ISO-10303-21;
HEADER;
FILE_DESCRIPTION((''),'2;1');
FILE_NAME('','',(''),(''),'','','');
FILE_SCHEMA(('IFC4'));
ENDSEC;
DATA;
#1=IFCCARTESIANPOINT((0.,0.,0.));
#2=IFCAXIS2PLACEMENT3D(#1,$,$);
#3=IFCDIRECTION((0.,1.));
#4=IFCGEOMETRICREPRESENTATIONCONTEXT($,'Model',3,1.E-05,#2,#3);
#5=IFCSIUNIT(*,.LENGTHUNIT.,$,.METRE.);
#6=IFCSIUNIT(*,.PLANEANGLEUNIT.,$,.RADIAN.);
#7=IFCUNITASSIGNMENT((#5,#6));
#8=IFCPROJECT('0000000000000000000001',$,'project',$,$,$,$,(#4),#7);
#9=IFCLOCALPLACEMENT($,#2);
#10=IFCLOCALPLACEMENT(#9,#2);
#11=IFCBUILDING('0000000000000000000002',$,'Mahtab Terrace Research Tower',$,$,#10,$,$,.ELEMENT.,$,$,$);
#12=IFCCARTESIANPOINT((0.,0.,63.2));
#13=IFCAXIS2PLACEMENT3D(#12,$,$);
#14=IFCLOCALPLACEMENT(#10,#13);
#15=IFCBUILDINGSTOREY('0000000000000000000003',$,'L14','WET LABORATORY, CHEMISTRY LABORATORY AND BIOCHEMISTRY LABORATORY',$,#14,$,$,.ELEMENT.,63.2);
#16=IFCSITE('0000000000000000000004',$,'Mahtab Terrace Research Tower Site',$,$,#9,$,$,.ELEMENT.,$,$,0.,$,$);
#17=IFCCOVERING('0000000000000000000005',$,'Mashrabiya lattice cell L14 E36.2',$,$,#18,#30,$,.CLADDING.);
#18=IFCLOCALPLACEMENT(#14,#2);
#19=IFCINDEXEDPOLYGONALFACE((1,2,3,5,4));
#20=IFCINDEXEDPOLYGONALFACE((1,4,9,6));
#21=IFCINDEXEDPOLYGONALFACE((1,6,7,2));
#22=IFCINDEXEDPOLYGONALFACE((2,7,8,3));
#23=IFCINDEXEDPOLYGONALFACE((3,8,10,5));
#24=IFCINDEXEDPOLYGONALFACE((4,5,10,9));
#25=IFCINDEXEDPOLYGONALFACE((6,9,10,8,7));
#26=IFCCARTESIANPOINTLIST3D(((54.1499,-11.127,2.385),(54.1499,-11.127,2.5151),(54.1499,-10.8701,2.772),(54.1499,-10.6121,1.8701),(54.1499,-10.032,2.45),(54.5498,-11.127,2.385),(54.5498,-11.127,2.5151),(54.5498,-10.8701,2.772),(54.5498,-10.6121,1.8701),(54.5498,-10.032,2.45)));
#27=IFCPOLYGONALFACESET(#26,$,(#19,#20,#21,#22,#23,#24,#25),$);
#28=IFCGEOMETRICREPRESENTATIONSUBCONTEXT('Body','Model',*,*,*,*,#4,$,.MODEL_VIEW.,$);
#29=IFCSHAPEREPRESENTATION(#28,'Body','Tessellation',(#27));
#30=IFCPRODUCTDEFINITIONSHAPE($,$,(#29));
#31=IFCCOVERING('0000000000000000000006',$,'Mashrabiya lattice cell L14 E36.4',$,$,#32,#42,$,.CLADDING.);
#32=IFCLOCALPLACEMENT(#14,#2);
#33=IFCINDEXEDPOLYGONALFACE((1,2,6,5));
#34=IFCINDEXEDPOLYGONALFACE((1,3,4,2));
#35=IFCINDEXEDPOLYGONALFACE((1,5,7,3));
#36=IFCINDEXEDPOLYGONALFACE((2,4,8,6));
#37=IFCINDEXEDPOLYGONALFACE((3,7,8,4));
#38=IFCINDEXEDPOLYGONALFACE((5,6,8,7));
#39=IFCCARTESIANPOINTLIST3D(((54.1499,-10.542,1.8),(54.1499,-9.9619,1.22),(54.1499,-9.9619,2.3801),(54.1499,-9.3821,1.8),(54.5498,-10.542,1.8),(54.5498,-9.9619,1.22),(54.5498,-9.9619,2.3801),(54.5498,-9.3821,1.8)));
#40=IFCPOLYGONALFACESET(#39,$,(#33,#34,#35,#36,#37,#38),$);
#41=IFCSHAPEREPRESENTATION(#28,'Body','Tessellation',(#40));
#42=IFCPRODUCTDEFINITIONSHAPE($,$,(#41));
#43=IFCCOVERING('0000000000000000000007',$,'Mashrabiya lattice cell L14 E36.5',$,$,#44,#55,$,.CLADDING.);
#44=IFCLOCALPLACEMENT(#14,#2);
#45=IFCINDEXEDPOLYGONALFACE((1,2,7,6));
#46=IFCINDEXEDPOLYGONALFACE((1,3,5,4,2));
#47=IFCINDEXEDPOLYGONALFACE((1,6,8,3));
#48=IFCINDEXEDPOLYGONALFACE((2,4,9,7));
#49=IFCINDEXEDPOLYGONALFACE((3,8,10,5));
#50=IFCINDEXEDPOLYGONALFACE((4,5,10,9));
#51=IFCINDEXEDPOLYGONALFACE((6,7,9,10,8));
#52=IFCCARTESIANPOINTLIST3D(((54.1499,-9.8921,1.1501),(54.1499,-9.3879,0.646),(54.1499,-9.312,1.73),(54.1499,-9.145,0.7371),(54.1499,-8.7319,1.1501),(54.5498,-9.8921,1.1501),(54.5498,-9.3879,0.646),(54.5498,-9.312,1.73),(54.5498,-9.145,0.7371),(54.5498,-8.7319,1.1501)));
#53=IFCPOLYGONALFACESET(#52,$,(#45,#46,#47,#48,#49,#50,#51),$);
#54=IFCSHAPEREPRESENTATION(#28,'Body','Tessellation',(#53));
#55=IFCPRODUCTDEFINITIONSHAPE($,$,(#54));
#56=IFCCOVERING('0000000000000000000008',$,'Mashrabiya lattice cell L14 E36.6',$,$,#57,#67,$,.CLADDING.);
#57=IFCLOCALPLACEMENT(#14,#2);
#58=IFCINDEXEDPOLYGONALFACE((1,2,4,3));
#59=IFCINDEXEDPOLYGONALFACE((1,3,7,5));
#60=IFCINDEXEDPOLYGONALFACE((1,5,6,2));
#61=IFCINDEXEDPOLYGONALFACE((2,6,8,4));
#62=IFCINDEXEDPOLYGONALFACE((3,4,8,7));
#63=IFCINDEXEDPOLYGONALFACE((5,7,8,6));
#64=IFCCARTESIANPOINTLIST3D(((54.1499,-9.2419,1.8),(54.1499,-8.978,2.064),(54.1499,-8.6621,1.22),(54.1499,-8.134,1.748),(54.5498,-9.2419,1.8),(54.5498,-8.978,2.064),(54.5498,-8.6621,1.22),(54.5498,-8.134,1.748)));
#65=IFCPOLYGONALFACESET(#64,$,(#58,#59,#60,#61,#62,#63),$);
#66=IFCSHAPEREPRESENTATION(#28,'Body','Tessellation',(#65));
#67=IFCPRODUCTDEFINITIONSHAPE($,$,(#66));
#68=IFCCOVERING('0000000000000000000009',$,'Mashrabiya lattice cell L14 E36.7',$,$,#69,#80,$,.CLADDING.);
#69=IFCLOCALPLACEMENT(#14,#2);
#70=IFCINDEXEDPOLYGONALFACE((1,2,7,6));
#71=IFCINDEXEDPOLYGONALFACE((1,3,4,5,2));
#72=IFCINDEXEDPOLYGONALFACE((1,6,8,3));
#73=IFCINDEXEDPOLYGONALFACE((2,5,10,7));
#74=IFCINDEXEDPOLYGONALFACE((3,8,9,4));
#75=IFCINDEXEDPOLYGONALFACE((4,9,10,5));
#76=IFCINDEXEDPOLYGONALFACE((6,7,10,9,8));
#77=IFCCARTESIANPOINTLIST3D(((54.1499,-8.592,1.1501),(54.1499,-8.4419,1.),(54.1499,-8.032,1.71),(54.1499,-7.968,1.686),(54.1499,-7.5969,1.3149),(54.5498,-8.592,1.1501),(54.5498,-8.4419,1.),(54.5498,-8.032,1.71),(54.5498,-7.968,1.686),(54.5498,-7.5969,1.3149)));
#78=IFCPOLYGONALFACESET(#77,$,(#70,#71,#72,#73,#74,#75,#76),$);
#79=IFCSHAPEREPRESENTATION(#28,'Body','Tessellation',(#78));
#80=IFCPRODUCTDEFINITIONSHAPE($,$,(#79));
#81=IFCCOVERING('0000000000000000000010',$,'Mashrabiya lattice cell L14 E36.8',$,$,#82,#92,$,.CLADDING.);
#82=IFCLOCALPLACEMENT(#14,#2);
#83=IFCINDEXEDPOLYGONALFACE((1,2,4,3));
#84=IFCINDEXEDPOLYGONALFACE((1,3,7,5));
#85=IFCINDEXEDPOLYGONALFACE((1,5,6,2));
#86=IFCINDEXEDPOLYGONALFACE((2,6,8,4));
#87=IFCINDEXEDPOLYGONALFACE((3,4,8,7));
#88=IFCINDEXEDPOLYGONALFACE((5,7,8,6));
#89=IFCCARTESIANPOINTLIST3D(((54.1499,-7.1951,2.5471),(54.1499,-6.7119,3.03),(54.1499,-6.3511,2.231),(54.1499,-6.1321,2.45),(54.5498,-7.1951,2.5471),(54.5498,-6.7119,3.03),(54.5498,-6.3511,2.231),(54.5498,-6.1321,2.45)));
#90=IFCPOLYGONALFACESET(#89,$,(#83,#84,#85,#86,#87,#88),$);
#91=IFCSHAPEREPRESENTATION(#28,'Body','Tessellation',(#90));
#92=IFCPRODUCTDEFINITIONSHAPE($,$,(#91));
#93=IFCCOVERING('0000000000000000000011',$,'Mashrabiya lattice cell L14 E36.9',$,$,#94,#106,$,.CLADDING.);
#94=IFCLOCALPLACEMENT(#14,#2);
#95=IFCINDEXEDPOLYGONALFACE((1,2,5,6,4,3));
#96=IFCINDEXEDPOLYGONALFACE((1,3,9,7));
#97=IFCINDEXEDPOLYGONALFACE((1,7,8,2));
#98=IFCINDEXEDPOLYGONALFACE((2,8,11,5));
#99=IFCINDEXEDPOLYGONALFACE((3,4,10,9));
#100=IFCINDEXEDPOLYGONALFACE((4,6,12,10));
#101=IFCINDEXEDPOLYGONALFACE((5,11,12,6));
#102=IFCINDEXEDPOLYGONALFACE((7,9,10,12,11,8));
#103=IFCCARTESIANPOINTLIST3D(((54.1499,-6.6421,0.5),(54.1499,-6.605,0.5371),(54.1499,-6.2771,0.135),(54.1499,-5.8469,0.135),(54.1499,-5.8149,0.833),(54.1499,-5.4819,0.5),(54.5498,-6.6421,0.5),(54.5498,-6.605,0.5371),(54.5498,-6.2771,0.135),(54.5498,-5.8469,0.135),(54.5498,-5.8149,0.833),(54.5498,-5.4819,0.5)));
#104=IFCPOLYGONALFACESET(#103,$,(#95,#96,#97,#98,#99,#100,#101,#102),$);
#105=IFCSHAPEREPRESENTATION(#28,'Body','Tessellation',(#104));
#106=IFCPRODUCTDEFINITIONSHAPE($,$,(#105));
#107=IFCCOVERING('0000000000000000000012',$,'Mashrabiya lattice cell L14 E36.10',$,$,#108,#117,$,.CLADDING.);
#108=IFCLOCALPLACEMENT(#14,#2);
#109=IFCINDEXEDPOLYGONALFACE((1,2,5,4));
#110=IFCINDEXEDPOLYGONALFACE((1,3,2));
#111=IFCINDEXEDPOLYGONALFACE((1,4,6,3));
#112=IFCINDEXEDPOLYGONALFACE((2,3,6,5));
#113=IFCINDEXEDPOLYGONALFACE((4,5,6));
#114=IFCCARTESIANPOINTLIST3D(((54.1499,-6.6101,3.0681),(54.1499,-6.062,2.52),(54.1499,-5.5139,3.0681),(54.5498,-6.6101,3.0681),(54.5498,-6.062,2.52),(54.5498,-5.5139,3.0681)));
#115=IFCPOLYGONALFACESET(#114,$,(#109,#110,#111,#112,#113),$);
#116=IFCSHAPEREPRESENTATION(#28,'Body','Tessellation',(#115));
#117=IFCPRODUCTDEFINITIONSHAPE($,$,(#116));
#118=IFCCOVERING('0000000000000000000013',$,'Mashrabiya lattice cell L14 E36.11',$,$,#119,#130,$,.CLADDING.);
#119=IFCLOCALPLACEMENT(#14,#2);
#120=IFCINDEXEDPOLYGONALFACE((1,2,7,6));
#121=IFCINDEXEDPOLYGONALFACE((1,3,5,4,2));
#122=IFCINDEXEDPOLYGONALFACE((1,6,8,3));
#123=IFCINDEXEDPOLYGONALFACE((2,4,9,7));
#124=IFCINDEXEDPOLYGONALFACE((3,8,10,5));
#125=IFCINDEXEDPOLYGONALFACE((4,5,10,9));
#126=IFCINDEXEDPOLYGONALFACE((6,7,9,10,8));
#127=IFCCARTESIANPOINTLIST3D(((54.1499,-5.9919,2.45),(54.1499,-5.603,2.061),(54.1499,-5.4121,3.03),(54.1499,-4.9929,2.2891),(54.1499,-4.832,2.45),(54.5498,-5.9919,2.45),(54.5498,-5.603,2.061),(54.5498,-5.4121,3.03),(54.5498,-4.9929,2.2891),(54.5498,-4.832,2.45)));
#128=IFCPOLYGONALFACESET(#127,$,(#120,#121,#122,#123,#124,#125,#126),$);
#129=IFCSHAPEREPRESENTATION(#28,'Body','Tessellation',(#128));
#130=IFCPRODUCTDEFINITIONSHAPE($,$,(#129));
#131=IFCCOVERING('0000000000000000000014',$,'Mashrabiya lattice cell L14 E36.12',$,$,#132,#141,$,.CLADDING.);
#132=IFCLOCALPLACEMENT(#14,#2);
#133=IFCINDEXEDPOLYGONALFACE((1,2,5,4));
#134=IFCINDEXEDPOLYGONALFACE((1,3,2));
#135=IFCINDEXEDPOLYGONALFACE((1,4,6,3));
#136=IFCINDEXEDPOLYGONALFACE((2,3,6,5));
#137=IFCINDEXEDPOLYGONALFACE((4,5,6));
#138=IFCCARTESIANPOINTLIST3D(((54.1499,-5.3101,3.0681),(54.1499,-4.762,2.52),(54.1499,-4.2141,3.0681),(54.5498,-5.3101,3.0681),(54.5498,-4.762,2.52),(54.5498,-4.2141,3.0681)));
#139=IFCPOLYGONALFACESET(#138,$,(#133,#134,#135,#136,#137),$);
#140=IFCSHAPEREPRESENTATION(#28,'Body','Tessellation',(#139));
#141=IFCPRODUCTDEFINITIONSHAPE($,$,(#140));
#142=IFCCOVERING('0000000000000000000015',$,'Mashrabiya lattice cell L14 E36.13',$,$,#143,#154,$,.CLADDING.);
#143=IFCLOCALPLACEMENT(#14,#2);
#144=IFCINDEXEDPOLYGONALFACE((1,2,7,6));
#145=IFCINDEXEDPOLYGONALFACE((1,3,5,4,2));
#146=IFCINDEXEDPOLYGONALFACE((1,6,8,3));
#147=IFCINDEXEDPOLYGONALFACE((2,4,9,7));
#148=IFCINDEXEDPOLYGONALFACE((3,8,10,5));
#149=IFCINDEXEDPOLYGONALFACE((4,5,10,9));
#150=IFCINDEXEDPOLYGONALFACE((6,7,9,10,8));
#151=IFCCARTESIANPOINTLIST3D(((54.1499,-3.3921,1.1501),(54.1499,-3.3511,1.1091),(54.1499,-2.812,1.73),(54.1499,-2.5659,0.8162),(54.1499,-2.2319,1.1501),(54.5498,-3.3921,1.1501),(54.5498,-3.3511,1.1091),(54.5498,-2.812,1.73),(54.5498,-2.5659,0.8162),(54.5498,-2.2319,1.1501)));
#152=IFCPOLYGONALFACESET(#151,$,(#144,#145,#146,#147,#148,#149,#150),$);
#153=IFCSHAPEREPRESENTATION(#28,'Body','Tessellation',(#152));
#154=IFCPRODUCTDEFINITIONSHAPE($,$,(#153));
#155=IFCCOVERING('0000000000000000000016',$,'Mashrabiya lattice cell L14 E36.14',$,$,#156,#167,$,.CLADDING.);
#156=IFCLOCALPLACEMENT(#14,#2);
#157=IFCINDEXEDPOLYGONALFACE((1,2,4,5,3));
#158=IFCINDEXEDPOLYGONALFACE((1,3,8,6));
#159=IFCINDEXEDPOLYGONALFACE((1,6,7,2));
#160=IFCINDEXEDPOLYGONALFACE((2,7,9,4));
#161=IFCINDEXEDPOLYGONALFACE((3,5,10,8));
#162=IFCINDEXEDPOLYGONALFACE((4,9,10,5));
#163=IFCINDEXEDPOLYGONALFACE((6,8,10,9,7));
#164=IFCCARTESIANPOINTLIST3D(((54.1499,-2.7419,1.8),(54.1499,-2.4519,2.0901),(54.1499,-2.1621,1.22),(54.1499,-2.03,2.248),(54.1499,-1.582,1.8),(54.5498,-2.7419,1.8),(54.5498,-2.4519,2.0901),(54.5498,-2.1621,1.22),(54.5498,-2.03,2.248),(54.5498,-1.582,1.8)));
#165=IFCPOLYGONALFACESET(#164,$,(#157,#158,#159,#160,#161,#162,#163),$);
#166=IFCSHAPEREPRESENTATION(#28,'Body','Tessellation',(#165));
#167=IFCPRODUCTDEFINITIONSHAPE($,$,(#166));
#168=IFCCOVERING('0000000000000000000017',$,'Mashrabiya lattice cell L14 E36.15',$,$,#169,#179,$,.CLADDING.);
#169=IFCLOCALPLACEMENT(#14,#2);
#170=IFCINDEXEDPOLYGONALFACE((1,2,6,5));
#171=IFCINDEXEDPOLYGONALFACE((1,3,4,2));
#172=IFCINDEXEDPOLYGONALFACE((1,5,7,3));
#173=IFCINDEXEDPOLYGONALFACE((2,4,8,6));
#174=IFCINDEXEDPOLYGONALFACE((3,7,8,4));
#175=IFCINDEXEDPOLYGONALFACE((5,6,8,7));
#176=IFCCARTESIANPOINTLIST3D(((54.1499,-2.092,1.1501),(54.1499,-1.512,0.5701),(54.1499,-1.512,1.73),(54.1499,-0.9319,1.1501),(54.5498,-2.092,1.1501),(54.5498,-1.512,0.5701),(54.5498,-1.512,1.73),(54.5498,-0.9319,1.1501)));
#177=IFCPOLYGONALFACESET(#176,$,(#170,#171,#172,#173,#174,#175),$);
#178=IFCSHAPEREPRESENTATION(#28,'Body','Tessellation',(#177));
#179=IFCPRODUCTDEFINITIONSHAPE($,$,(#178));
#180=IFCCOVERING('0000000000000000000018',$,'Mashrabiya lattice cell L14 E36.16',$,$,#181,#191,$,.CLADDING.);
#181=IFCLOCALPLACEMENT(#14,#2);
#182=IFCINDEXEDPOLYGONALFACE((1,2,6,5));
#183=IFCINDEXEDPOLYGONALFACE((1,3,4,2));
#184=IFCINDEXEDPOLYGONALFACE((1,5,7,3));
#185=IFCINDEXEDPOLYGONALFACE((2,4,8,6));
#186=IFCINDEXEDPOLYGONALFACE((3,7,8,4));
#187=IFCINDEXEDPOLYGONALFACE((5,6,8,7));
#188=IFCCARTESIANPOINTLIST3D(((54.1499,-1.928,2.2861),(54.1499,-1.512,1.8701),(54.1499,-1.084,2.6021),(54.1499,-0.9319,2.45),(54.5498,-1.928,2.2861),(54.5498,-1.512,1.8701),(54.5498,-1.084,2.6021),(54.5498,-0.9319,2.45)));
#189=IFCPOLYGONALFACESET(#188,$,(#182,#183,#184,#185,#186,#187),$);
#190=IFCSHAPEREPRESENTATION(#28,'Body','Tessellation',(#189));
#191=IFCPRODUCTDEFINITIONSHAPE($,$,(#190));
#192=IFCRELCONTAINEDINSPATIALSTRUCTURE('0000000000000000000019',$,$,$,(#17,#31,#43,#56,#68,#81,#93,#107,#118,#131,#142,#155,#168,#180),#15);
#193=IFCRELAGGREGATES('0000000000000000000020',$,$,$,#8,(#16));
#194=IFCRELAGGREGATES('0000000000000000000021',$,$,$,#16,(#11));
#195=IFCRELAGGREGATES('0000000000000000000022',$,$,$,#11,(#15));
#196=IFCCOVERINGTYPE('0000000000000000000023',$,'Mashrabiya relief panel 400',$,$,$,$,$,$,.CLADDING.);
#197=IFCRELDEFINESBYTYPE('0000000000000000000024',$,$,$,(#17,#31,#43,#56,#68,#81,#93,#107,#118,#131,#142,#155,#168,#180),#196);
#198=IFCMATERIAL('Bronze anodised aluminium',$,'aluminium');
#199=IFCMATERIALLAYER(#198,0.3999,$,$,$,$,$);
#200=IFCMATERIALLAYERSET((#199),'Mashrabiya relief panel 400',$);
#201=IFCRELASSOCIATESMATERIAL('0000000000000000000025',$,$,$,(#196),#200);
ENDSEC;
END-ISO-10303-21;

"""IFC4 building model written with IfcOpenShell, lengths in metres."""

from ifc_helpers import new_model, si_unit, direction, frame, origin, place, context, subcontext, project, spatial, polyline, outline, extrude, material, layer, layer_set, type_object, element, save


model = new_model("IFC4")

# Units and contexts
model_context = context("Model", 3, precision=1e-05, world=origin(), true_north=direction((0.0, 1.0)))
body_context = subcontext(model_context, "Body", "Model", "MODEL_VIEW")
ifc_project = project(units=[si_unit("LENGTHUNIT", "METRE"), si_unit("PLANEANGLEUNIT", "RADIAN")], contexts=[model_context])

# Site, building, storey
site_placement = place(None, origin())
site = spatial("IfcSite", under=ifc_project, at=site_placement, Name="Mahtab Terrace Research Tower Site", CompositionType="ELEMENT", RefElevation=0.0)
building_placement = place(site_placement, origin())
building = spatial("IfcBuilding", under=site, at=building_placement, Name="Mahtab Terrace Research Tower", CompositionType="ELEMENT")
storey_placement = place(building_placement, frame((0.0, 0.0, 63.2)))
storey = spatial("IfcBuildingStorey", under=building, at=storey_placement, Name="L14", Description="WET LABORATORY, CHEMISTRY LABORATORY AND BIOCHEMISTRY LABORATORY", CompositionType="ELEMENT", Elevation=63.2)

# Coverings
ifc_material = material(Name="Bronze anodised aluminium", Category="aluminium")
ifc_layer = layer(ifc_material, 0.3999)
ifc_layer_set = layer_set([ifc_layer], Name="Mashrabiya relief panel 400")
covering_type = type_object("IfcCoveringType", Name="Mashrabiya relief panel 400", PredefinedType="CLADDING", material=ifc_layer_set)
covering_1_placement = place(storey_placement, frame((54.1499, -10.032, 2.45), z_axis=(-1.0, 0.0, 0.0), x_axis=(0.0, -0.707256, -0.706958)))
element("IfcCovering", 1, at=covering_1_placement, inside=storey, type_object=covering_type, Name="Mashrabiya lattice cell L14 E36.2", PredefinedType="CLADDING", context=body_context, shape_type="SweptSolid", body=[
    extrude(outline(polyline([(0.0, 0.0), (0.8202, 0.0), (0.8203, 0.7282), (0.7283, 0.8202), (0.3651, 0.8203), (0.0, 0.0)])), origin(), (0.0, 0.0, -1.0), 0.3999),
])
covering_2_placement = place(storey_placement, frame((54.1499, -9.9619, 2.3801), z_axis=(-1.0, 0.0, 0.0), x_axis=(0.0, 0.706958, -0.707256)))
element("IfcCovering", 2, at=covering_2_placement, inside=storey, type_object=covering_type, Name="Mashrabiya lattice cell L14 E36.4", PredefinedType="CLADDING", context=body_context, shape_type="SweptSolid", body=[
    extrude(outline(polyline([(0.0, 0.0), (0.8202, 0.0), (0.8205, 0.8202), (0.0002, 0.8204), (0.0, 0.0)])), origin(), (0.0, 0.0, -1.0), 0.3999),
])
covering_3_placement = place(storey_placement, frame((54.1499, -9.8921, 1.1501), z_axis=(-1.0, 0.0, 0.0), x_axis=(0.0, 0.707256, 0.706958)))
element("IfcCovering", 3, at=covering_3_placement, inside=storey, type_object=covering_type, Name="Mashrabiya lattice cell L14 E36.5", PredefinedType="CLADDING", context=body_context, shape_type="SweptSolid", body=[
    extrude(outline(polyline([(0.0, 0.0), (0.8202, 0.0), (0.8205, 0.8202), (0.2363, 0.8203), (0.0002, 0.713), (0.0, 0.0)])), origin(), (0.0, 0.0, -1.0), 0.3999),
])
covering_4_placement = place(storey_placement, frame((54.1499, -8.6621, 1.22), z_axis=(-1.0, 0.0, 0.0), x_axis=(0.0, -0.706958, 0.707256)))
element("IfcCovering", 4, at=covering_4_placement, inside=storey, type_object=covering_type, Name="Mashrabiya lattice cell L14 E36.6", PredefinedType="CLADDING", context=body_context, shape_type="SweptSolid", body=[
    extrude(outline(polyline([(0.0, 0.0), (0.8202, 0.0), (0.8203, 0.3732), (0.0002, 0.7468), (0.0, 0.0)])), origin(), (0.0, 0.0, -1.0), 0.3999),
])
covering_5_placement = place(storey_placement, frame((54.1499, -8.592, 1.1501), z_axis=(-1.0, 0.0, 0.0), x_axis=(0.0, 0.707261, 0.706953)))
element("IfcCovering", 5, at=covering_5_placement, inside=storey, type_object=covering_type, Name="Mashrabiya lattice cell L14 E36.7", PredefinedType="CLADDING", context=body_context, shape_type="SweptSolid", body=[
    extrude(outline(polyline([(0.0, 0.0), (0.7919, 0.0), (0.8202, 0.0621), (0.8203, 0.5869), (0.0, 0.2123), (0.0, 0.0)])), origin(), (0.0, 0.0, -1.0), 0.3999),
])
covering_6_placement = place(storey_placement, frame((54.1499, -6.7119, 3.03), z_axis=(-1.0, 0.0, 0.0), x_axis=(0.0, 0.706958, -0.707256)))
element("IfcCovering", 6, at=covering_6_placement, inside=storey, type_object=covering_type, Name="Mashrabiya lattice cell L14 E36.8", PredefinedType="CLADDING", context=body_context, shape_type="SweptSolid", body=[
    extrude(outline(polyline([(0.0, 0.0), (0.8202, 0.0), (0.8202, 0.3097), (0.0, 0.6831), (0.0, 0.0)])), origin(), (0.0, 0.0, -1.0), 0.3999),
])
covering_7_placement = place(storey_placement, frame((54.1499, -6.6421, 0.5), z_axis=(-1.0, 0.0, 0.0), x_axis=(0.0, 0.707107, 0.707107)))
element("IfcCovering", 7, at=covering_7_placement, inside=storey, type_object=covering_type, Name="Mashrabiya lattice cell L14 E36.9", PredefinedType="CLADDING", context=body_context, shape_type="SweptSolid", body=[
    extrude(outline(polyline([(0.0, 0.0), (0.0525, 0.0), (0.8204, 0.3494), (0.8204, 0.8204), (0.3042, 0.8204), (0.0, 0.5162), (0.0, 0.0)])), origin(), (0.0, 0.0, -1.0), 0.3999),
])
covering_8_placement = place(storey_placement, frame((54.1499, -6.062, 2.52), z_axis=(-1.0, 0.0, 0.0), x_axis=(0.0, -0.707107, 0.707107)))
element("IfcCovering", 8, at=covering_8_placement, inside=storey, type_object=covering_type, Name="Mashrabiya lattice cell L14 E36.10", PredefinedType="CLADDING", context=body_context, shape_type="SweptSolid", body=[
    extrude(outline(polyline([(0.0, 0.0), (0.7751, 0.0), (0.0, 0.7751), (0.0, 0.0)])), origin(), (0.0, 0.0, -1.0), 0.3999),
])
covering_9_placement = place(storey_placement, frame((54.1499, -5.9919, 2.45), z_axis=(-1.0, 0.0, 0.0), x_axis=(0.0, 0.706958, 0.707256)))
element("IfcCovering", 9, at=covering_9_placement, inside=storey, type_object=covering_type, Name="Mashrabiya lattice cell L14 E36.11", PredefinedType="CLADDING", context=body_context, shape_type="SweptSolid", body=[
    extrude(outline(polyline([(0.0, 0.0), (0.8202, 0.0), (0.82, 0.8204), (0.5925, 0.8203), (-0.0001, 0.55), (0.0, 0.0)])), origin(), (0.0, 0.0, -1.0), 0.3999),
])
covering_10_placement = place(storey_placement, frame((54.1499, -4.762, 2.52), z_axis=(-1.0, 0.0, 0.0), x_axis=(0.0, -0.707107, 0.707107)))
element("IfcCovering", 10, at=covering_10_placement, inside=storey, type_object=covering_type, Name="Mashrabiya lattice cell L14 E36.12", PredefinedType="CLADDING", context=body_context, shape_type="SweptSolid", body=[
    extrude(outline(polyline([(0.0, 0.0), (0.7751, 0.0), (0.0002, 0.775), (0.0, 0.0)])), origin(), (0.0, 0.0, -1.0), 0.3999),
])
covering_11_placement = place(storey_placement, frame((54.1499, -3.3921, 1.1501), z_axis=(-1.0, 0.0, 0.0), x_axis=(0.0, 0.707256, 0.706958)))
element("IfcCovering", 11, at=covering_11_placement, inside=storey, type_object=covering_type, Name="Mashrabiya lattice cell L14 E36.13", PredefinedType="CLADDING", context=body_context, shape_type="SweptSolid", body=[
    extrude(outline(polyline([(0.0, 0.0), (0.8202, 0.0), (0.8205, 0.8202), (0.3482, 0.8203), (0.0, 0.058), (0.0, 0.0)])), origin(), (0.0, 0.0, -1.0), 0.3999),
])
covering_12_placement = place(storey_placement, frame((54.1499, -1.582, 1.8), z_axis=(-1.0, 0.0, 0.0), x_axis=(0.0, -0.707107, -0.707107)))
element("IfcCovering", 12, at=covering_12_placement, inside=storey, type_object=covering_type, Name="Mashrabiya lattice cell L14 E36.14", PredefinedType="CLADDING", context=body_context, shape_type="SweptSolid", body=[
    extrude(outline(polyline([(0.0, 0.0), (0.8204, 0.0), (0.8202, 0.8202), (0.41, 0.8202), (0.0, 0.6336), (0.0, 0.0)])), origin(), (0.0, 0.0, -1.0), 0.3999),
])
covering_13_placement = place(storey_placement, frame((54.1499, -1.512, 1.73), z_axis=(-1.0, 0.0, 0.0), x_axis=(0.0, 0.707256, -0.706958)))
element("IfcCovering", 13, at=covering_13_placement, inside=storey, type_object=covering_type, Name="Mashrabiya lattice cell L14 E36.15", PredefinedType="CLADDING", context=body_context, shape_type="SweptSolid", body=[
    extrude(outline(polyline([(0.0, 0.0), (0.8202, 0.0), (0.82, 0.8204), (-0.0003, 0.8202), (0.0, 0.0)])), origin(), (0.0, 0.0, -1.0), 0.3999),
])
covering_14_placement = place(storey_placement, frame((54.1499, -0.9319, 2.45), z_axis=(-1.0, 0.0, 0.0), x_axis=(0.0, -0.707256, -0.706958)))
element("IfcCovering", 14, at=covering_14_placement, inside=storey, type_object=covering_type, Name="Mashrabiya lattice cell L14 E36.16", PredefinedType="CLADDING", context=body_context, shape_type="SweptSolid", body=[
    extrude(outline(polyline([(0.0, 0.0), (0.8202, 0.0), (0.8203, 0.5883), (0.0, 0.2151), (0.0, 0.0)])), origin(), (0.0, 0.0, -1.0), 0.3999),
])

save(model, "model.ifc")
